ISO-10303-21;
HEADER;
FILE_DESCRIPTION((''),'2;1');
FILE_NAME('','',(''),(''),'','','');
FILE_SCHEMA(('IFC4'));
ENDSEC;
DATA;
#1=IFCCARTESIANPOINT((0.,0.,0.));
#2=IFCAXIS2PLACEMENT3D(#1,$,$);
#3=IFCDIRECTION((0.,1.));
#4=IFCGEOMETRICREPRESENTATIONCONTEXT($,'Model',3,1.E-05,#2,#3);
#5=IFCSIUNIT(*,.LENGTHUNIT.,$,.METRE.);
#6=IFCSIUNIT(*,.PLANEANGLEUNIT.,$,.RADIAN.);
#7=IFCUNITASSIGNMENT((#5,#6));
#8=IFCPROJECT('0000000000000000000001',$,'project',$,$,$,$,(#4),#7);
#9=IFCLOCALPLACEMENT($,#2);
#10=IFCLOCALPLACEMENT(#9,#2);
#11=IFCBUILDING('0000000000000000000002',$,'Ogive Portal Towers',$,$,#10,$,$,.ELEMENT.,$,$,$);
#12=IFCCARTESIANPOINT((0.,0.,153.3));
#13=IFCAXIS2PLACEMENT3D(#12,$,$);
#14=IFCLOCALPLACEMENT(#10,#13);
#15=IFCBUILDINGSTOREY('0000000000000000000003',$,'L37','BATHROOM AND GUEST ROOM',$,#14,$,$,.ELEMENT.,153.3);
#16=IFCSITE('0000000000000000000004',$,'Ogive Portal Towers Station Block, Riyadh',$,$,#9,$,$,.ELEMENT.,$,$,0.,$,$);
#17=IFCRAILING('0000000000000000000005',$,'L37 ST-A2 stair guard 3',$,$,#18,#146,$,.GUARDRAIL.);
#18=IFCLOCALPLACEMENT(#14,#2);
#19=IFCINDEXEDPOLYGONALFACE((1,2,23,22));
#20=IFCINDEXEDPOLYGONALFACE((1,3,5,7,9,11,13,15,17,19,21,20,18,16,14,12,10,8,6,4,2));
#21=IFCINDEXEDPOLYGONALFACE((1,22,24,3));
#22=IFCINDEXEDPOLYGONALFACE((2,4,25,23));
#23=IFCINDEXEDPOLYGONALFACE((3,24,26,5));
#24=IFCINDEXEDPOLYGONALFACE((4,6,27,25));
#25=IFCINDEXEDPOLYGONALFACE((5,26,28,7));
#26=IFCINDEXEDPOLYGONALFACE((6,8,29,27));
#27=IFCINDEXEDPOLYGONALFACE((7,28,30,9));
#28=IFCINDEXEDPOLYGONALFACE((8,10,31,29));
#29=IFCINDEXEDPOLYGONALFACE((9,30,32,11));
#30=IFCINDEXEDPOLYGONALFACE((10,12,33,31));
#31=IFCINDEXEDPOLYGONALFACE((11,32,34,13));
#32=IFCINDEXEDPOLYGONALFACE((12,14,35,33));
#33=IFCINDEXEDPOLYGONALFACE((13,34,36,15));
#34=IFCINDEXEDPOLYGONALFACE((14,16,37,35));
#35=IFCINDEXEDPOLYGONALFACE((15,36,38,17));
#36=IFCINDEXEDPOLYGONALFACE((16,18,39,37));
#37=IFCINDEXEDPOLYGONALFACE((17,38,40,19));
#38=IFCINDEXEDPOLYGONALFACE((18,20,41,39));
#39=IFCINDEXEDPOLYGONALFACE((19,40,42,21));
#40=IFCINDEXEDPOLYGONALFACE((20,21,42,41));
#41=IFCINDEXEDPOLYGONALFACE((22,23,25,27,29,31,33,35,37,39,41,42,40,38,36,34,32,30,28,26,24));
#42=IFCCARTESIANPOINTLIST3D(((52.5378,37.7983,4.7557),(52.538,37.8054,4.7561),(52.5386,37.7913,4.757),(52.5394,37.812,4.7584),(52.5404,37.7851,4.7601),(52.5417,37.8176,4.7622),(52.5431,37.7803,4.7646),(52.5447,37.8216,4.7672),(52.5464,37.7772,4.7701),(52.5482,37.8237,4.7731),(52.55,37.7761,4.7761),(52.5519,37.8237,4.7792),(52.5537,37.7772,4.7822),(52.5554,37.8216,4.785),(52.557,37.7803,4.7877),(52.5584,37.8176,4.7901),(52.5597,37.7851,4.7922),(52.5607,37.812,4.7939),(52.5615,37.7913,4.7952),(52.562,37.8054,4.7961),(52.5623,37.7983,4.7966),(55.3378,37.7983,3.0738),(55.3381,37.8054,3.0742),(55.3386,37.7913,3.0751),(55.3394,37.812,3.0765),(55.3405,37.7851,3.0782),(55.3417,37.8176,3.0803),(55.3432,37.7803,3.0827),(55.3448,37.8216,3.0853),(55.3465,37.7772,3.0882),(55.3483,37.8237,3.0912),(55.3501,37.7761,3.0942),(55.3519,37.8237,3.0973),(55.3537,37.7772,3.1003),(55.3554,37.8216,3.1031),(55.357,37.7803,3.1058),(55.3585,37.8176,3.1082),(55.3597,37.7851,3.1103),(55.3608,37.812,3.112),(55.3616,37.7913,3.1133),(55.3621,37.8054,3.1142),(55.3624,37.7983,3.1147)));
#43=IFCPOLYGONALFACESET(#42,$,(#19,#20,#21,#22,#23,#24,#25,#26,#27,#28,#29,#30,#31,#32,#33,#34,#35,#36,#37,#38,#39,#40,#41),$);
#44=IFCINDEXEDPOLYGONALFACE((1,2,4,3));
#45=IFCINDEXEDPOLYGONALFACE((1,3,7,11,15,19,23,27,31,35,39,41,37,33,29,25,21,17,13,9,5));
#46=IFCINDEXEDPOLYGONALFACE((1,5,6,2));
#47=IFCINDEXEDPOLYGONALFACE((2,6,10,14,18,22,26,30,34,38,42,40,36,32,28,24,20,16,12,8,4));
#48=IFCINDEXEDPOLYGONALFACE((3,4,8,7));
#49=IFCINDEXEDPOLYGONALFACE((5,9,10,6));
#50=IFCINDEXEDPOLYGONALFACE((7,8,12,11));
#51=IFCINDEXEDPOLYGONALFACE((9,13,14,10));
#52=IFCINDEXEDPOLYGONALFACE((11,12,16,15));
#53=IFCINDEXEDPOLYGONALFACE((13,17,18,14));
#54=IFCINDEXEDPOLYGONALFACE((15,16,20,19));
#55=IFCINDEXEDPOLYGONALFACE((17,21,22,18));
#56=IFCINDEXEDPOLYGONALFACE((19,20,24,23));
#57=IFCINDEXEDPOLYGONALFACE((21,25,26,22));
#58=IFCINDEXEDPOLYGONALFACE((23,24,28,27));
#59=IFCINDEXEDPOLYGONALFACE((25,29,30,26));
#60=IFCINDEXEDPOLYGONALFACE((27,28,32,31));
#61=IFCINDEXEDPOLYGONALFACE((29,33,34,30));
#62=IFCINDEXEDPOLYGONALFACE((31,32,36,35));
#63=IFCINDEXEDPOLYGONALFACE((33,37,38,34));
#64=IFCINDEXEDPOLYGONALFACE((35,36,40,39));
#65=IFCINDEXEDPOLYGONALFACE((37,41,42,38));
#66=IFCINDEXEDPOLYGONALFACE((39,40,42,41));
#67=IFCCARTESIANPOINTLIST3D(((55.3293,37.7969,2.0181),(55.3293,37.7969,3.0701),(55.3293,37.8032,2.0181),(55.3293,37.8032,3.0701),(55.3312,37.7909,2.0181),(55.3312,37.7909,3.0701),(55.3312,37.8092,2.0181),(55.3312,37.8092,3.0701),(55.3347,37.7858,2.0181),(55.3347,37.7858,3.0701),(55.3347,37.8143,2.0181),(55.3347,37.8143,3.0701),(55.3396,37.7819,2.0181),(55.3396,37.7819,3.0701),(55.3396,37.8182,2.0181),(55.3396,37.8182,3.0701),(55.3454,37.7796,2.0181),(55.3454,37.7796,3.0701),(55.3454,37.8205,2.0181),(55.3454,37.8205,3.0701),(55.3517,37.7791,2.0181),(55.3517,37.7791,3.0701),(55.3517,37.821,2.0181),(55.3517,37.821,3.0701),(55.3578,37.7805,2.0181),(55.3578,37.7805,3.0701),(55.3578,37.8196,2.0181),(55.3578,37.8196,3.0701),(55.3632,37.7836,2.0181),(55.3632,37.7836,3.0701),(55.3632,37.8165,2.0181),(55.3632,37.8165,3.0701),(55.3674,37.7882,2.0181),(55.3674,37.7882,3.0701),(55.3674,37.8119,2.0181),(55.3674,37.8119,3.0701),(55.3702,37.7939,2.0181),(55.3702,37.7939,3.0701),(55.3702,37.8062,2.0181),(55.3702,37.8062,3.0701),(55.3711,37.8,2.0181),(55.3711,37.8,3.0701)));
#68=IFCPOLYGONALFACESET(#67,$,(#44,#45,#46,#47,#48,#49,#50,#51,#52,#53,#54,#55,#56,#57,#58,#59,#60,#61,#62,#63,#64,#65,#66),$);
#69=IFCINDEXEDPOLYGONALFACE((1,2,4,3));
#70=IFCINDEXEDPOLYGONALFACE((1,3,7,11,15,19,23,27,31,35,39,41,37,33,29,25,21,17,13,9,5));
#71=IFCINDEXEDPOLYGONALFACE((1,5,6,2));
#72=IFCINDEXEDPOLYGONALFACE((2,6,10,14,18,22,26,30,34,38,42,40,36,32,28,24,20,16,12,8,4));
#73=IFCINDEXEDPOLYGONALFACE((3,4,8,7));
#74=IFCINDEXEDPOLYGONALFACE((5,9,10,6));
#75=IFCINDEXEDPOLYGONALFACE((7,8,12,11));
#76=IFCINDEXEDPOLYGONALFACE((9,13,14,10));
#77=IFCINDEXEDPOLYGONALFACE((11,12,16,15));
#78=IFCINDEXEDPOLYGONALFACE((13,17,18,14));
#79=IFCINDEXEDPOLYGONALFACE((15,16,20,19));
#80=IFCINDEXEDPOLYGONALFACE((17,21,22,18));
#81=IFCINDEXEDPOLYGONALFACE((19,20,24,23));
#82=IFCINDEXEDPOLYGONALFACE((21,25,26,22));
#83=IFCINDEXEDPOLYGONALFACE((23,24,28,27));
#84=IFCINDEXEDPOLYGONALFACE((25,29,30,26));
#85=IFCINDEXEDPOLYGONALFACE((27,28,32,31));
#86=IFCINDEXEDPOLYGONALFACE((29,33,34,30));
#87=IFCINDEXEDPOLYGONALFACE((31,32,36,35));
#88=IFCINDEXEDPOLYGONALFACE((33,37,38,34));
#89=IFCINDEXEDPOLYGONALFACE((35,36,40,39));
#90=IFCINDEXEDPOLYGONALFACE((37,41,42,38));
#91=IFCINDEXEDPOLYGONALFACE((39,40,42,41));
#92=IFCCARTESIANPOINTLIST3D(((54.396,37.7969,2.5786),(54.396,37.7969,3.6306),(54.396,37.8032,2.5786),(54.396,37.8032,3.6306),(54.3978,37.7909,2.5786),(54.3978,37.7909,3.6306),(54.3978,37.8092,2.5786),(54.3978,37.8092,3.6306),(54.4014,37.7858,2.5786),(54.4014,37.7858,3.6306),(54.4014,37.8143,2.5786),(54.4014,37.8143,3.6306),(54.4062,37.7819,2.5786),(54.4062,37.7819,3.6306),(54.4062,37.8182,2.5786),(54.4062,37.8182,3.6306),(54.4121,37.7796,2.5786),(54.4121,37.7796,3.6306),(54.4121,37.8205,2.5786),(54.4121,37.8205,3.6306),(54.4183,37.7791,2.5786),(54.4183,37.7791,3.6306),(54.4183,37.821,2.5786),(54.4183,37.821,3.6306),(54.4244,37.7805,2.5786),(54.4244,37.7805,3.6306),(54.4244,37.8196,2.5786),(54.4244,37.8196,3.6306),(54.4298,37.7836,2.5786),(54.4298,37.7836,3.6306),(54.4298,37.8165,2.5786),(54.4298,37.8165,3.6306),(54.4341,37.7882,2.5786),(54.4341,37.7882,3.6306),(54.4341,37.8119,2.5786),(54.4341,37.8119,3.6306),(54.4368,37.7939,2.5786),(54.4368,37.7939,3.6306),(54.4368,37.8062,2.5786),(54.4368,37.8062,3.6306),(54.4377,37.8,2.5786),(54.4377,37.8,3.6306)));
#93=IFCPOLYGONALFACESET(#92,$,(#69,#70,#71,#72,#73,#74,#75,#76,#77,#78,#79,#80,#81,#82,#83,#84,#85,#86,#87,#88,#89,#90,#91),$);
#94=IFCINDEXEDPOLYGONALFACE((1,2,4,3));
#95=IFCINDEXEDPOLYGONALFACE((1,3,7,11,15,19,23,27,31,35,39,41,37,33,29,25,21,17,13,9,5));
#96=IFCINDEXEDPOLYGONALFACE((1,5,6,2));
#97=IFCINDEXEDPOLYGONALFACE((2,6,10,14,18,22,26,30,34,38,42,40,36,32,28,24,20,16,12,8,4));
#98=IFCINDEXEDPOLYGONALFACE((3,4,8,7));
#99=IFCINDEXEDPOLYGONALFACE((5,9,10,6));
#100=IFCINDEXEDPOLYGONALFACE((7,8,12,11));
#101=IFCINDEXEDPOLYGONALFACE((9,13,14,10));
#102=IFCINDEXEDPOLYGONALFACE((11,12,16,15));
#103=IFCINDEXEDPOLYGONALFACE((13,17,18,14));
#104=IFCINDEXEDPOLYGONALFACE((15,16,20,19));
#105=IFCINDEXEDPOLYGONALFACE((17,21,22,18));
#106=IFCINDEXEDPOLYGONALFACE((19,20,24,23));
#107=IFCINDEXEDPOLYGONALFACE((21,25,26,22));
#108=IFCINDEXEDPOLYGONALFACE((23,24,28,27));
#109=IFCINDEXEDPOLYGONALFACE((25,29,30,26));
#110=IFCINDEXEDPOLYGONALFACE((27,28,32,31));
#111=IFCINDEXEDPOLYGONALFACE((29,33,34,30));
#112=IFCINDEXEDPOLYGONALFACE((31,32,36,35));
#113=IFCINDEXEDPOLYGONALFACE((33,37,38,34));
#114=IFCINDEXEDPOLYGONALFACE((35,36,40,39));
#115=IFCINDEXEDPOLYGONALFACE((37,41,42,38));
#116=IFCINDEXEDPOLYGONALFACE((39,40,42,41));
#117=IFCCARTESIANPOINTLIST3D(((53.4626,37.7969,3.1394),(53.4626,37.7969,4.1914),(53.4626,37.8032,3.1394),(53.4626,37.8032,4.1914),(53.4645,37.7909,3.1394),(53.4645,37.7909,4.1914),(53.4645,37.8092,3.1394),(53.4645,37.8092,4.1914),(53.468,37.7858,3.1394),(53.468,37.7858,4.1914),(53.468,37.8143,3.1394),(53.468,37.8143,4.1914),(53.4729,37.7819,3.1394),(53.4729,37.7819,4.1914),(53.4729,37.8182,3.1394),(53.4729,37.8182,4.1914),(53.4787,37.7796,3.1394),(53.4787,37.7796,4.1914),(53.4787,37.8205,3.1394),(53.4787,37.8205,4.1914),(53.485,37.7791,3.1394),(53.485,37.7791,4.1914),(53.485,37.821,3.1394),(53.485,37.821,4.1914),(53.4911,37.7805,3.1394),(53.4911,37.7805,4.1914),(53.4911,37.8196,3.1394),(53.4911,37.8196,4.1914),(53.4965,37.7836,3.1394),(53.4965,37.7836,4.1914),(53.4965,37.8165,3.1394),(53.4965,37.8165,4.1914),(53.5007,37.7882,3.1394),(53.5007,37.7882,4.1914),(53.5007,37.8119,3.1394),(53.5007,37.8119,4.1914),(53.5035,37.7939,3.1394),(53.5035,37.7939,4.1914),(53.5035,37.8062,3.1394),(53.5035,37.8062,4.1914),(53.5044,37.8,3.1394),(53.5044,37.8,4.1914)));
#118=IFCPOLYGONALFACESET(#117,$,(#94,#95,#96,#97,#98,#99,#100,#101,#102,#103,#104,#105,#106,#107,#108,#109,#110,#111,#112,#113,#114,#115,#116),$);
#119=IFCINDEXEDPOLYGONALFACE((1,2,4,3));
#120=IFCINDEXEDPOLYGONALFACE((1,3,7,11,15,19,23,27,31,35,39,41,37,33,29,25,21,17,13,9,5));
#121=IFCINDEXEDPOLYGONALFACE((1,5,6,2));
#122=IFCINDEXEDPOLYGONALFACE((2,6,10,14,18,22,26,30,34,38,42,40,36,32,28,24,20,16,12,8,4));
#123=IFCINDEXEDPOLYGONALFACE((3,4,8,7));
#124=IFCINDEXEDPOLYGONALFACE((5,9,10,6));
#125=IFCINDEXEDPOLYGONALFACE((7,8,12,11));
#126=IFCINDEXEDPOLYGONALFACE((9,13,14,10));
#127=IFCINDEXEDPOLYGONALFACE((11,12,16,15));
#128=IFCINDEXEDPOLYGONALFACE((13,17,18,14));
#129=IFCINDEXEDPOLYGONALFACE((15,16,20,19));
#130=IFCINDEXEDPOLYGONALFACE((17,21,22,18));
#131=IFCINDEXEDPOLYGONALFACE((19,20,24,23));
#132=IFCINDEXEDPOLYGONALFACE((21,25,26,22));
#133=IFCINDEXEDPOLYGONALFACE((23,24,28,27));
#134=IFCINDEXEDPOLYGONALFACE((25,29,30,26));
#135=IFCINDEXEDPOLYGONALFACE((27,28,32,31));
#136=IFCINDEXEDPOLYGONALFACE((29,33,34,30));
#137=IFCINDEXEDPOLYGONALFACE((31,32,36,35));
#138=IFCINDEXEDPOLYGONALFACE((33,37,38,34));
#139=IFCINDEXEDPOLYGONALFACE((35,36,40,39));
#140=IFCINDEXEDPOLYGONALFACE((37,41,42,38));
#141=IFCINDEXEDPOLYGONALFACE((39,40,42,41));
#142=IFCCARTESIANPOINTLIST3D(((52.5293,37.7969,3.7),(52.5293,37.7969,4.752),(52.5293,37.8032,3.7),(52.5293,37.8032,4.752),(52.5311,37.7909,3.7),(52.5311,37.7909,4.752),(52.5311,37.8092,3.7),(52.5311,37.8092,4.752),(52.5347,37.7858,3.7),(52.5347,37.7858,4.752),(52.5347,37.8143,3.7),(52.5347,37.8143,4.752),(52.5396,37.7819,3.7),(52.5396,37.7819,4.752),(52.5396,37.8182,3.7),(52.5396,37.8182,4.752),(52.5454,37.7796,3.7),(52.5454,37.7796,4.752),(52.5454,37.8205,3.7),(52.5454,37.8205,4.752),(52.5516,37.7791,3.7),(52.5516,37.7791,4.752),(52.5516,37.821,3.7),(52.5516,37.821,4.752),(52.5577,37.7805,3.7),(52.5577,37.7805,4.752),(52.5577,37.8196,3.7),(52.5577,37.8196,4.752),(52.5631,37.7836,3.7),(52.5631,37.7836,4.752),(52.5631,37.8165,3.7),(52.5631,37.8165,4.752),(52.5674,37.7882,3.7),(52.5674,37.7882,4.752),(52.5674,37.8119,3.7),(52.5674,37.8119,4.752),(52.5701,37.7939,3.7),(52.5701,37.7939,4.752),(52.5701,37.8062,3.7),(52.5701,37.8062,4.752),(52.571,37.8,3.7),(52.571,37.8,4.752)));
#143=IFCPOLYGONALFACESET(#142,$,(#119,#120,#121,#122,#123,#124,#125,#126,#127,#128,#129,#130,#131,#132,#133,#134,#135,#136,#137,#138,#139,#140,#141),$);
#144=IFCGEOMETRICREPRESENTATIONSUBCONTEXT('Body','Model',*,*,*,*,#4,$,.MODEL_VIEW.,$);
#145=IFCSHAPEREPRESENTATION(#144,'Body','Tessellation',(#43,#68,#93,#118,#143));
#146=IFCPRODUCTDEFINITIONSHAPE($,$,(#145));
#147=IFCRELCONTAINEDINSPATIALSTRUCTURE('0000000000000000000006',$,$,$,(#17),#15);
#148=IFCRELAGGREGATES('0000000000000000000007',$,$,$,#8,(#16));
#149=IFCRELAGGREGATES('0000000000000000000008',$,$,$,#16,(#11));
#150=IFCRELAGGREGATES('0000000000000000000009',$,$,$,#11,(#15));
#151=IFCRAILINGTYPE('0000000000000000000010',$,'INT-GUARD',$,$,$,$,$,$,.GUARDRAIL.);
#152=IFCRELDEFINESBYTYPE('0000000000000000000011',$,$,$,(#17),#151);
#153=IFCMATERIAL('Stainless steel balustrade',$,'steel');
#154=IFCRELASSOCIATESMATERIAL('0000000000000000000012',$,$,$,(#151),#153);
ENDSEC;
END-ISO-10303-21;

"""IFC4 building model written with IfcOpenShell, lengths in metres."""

from ifc_helpers import new_model, si_unit, direction, frame, origin, origin_2d, place, context, subcontext, project, spatial, circle, extrude, material, type_object, element, save


model = new_model("IFC4")

# Units and contexts
model_context = context("Model", 3, precision=1e-05, world=origin(), true_north=direction((0.0, 1.0)))
body_context = subcontext(model_context, "Body", "Model", "MODEL_VIEW")
ifc_project = project(units=[si_unit("LENGTHUNIT", "METRE"), si_unit("PLANEANGLEUNIT", "RADIAN")], contexts=[model_context])

# Site, building, storey
site_placement = place(None, origin())
site = spatial("IfcSite", under=ifc_project, at=site_placement, Name="Ogive Portal Towers Station Block, Riyadh", CompositionType="ELEMENT", RefElevation=0.0)
building_placement = place(site_placement, origin())
building = spatial("IfcBuilding", under=site, at=building_placement, Name="Ogive Portal Towers", CompositionType="ELEMENT")
storey_placement = place(building_placement, frame((0.0, 0.0, 153.3)))
storey = spatial("IfcBuildingStorey", under=building, at=storey_placement, Name="L37", Description="BATHROOM AND GUEST ROOM", CompositionType="ELEMENT", Elevation=153.3)

# Railing
ifc_material_1 = material(Name="Stainless steel balustrade", Category="steel")
railing_type_1 = type_object("IfcRailingType", Name="INT-GUARD", PredefinedType="GUARDRAIL", material=ifc_material_1)
railing_1_placement = place(storey_placement, frame((55.3501, 37.8, 2.0181)))
element("IfcRailing", 1, at=railing_1_placement, inside=storey, type_object=railing_type_1, Name="L37 ST-A2 stair guard 3", PredefinedType="GUARDRAIL", context=body_context, shape_type="SweptSolid", body=[
    extrude(circle(Radius=0.0239, at=origin_2d()), frame((0.0, 0.0, 1.0762), z_axis=(-0.857242, 0.0, 0.514913), x_axis=(0.0, -1.0, 0.0)), (0.0, 0.0, 1.0), 3.2664),
    extrude(circle(Radius=0.021, at=origin_2d()), origin(), (0.0, 0.0, 1.0), 1.052),
    extrude(circle(Radius=0.021, at=origin_2d()), frame((-0.9333, 0.0, 0.5605)), (0.0, 0.0, 1.0), 1.052),
    extrude(circle(Radius=0.021, at=origin_2d()), frame((-1.8667, 0.0, 1.1213)), (0.0, 0.0, 1.0), 1.052),
    extrude(circle(Radius=0.021, at=origin_2d()), frame((-2.8, 0.0, 1.6819)), (0.0, 0.0, 1.0), 1.052),
])

save(model, "model.ifc")
